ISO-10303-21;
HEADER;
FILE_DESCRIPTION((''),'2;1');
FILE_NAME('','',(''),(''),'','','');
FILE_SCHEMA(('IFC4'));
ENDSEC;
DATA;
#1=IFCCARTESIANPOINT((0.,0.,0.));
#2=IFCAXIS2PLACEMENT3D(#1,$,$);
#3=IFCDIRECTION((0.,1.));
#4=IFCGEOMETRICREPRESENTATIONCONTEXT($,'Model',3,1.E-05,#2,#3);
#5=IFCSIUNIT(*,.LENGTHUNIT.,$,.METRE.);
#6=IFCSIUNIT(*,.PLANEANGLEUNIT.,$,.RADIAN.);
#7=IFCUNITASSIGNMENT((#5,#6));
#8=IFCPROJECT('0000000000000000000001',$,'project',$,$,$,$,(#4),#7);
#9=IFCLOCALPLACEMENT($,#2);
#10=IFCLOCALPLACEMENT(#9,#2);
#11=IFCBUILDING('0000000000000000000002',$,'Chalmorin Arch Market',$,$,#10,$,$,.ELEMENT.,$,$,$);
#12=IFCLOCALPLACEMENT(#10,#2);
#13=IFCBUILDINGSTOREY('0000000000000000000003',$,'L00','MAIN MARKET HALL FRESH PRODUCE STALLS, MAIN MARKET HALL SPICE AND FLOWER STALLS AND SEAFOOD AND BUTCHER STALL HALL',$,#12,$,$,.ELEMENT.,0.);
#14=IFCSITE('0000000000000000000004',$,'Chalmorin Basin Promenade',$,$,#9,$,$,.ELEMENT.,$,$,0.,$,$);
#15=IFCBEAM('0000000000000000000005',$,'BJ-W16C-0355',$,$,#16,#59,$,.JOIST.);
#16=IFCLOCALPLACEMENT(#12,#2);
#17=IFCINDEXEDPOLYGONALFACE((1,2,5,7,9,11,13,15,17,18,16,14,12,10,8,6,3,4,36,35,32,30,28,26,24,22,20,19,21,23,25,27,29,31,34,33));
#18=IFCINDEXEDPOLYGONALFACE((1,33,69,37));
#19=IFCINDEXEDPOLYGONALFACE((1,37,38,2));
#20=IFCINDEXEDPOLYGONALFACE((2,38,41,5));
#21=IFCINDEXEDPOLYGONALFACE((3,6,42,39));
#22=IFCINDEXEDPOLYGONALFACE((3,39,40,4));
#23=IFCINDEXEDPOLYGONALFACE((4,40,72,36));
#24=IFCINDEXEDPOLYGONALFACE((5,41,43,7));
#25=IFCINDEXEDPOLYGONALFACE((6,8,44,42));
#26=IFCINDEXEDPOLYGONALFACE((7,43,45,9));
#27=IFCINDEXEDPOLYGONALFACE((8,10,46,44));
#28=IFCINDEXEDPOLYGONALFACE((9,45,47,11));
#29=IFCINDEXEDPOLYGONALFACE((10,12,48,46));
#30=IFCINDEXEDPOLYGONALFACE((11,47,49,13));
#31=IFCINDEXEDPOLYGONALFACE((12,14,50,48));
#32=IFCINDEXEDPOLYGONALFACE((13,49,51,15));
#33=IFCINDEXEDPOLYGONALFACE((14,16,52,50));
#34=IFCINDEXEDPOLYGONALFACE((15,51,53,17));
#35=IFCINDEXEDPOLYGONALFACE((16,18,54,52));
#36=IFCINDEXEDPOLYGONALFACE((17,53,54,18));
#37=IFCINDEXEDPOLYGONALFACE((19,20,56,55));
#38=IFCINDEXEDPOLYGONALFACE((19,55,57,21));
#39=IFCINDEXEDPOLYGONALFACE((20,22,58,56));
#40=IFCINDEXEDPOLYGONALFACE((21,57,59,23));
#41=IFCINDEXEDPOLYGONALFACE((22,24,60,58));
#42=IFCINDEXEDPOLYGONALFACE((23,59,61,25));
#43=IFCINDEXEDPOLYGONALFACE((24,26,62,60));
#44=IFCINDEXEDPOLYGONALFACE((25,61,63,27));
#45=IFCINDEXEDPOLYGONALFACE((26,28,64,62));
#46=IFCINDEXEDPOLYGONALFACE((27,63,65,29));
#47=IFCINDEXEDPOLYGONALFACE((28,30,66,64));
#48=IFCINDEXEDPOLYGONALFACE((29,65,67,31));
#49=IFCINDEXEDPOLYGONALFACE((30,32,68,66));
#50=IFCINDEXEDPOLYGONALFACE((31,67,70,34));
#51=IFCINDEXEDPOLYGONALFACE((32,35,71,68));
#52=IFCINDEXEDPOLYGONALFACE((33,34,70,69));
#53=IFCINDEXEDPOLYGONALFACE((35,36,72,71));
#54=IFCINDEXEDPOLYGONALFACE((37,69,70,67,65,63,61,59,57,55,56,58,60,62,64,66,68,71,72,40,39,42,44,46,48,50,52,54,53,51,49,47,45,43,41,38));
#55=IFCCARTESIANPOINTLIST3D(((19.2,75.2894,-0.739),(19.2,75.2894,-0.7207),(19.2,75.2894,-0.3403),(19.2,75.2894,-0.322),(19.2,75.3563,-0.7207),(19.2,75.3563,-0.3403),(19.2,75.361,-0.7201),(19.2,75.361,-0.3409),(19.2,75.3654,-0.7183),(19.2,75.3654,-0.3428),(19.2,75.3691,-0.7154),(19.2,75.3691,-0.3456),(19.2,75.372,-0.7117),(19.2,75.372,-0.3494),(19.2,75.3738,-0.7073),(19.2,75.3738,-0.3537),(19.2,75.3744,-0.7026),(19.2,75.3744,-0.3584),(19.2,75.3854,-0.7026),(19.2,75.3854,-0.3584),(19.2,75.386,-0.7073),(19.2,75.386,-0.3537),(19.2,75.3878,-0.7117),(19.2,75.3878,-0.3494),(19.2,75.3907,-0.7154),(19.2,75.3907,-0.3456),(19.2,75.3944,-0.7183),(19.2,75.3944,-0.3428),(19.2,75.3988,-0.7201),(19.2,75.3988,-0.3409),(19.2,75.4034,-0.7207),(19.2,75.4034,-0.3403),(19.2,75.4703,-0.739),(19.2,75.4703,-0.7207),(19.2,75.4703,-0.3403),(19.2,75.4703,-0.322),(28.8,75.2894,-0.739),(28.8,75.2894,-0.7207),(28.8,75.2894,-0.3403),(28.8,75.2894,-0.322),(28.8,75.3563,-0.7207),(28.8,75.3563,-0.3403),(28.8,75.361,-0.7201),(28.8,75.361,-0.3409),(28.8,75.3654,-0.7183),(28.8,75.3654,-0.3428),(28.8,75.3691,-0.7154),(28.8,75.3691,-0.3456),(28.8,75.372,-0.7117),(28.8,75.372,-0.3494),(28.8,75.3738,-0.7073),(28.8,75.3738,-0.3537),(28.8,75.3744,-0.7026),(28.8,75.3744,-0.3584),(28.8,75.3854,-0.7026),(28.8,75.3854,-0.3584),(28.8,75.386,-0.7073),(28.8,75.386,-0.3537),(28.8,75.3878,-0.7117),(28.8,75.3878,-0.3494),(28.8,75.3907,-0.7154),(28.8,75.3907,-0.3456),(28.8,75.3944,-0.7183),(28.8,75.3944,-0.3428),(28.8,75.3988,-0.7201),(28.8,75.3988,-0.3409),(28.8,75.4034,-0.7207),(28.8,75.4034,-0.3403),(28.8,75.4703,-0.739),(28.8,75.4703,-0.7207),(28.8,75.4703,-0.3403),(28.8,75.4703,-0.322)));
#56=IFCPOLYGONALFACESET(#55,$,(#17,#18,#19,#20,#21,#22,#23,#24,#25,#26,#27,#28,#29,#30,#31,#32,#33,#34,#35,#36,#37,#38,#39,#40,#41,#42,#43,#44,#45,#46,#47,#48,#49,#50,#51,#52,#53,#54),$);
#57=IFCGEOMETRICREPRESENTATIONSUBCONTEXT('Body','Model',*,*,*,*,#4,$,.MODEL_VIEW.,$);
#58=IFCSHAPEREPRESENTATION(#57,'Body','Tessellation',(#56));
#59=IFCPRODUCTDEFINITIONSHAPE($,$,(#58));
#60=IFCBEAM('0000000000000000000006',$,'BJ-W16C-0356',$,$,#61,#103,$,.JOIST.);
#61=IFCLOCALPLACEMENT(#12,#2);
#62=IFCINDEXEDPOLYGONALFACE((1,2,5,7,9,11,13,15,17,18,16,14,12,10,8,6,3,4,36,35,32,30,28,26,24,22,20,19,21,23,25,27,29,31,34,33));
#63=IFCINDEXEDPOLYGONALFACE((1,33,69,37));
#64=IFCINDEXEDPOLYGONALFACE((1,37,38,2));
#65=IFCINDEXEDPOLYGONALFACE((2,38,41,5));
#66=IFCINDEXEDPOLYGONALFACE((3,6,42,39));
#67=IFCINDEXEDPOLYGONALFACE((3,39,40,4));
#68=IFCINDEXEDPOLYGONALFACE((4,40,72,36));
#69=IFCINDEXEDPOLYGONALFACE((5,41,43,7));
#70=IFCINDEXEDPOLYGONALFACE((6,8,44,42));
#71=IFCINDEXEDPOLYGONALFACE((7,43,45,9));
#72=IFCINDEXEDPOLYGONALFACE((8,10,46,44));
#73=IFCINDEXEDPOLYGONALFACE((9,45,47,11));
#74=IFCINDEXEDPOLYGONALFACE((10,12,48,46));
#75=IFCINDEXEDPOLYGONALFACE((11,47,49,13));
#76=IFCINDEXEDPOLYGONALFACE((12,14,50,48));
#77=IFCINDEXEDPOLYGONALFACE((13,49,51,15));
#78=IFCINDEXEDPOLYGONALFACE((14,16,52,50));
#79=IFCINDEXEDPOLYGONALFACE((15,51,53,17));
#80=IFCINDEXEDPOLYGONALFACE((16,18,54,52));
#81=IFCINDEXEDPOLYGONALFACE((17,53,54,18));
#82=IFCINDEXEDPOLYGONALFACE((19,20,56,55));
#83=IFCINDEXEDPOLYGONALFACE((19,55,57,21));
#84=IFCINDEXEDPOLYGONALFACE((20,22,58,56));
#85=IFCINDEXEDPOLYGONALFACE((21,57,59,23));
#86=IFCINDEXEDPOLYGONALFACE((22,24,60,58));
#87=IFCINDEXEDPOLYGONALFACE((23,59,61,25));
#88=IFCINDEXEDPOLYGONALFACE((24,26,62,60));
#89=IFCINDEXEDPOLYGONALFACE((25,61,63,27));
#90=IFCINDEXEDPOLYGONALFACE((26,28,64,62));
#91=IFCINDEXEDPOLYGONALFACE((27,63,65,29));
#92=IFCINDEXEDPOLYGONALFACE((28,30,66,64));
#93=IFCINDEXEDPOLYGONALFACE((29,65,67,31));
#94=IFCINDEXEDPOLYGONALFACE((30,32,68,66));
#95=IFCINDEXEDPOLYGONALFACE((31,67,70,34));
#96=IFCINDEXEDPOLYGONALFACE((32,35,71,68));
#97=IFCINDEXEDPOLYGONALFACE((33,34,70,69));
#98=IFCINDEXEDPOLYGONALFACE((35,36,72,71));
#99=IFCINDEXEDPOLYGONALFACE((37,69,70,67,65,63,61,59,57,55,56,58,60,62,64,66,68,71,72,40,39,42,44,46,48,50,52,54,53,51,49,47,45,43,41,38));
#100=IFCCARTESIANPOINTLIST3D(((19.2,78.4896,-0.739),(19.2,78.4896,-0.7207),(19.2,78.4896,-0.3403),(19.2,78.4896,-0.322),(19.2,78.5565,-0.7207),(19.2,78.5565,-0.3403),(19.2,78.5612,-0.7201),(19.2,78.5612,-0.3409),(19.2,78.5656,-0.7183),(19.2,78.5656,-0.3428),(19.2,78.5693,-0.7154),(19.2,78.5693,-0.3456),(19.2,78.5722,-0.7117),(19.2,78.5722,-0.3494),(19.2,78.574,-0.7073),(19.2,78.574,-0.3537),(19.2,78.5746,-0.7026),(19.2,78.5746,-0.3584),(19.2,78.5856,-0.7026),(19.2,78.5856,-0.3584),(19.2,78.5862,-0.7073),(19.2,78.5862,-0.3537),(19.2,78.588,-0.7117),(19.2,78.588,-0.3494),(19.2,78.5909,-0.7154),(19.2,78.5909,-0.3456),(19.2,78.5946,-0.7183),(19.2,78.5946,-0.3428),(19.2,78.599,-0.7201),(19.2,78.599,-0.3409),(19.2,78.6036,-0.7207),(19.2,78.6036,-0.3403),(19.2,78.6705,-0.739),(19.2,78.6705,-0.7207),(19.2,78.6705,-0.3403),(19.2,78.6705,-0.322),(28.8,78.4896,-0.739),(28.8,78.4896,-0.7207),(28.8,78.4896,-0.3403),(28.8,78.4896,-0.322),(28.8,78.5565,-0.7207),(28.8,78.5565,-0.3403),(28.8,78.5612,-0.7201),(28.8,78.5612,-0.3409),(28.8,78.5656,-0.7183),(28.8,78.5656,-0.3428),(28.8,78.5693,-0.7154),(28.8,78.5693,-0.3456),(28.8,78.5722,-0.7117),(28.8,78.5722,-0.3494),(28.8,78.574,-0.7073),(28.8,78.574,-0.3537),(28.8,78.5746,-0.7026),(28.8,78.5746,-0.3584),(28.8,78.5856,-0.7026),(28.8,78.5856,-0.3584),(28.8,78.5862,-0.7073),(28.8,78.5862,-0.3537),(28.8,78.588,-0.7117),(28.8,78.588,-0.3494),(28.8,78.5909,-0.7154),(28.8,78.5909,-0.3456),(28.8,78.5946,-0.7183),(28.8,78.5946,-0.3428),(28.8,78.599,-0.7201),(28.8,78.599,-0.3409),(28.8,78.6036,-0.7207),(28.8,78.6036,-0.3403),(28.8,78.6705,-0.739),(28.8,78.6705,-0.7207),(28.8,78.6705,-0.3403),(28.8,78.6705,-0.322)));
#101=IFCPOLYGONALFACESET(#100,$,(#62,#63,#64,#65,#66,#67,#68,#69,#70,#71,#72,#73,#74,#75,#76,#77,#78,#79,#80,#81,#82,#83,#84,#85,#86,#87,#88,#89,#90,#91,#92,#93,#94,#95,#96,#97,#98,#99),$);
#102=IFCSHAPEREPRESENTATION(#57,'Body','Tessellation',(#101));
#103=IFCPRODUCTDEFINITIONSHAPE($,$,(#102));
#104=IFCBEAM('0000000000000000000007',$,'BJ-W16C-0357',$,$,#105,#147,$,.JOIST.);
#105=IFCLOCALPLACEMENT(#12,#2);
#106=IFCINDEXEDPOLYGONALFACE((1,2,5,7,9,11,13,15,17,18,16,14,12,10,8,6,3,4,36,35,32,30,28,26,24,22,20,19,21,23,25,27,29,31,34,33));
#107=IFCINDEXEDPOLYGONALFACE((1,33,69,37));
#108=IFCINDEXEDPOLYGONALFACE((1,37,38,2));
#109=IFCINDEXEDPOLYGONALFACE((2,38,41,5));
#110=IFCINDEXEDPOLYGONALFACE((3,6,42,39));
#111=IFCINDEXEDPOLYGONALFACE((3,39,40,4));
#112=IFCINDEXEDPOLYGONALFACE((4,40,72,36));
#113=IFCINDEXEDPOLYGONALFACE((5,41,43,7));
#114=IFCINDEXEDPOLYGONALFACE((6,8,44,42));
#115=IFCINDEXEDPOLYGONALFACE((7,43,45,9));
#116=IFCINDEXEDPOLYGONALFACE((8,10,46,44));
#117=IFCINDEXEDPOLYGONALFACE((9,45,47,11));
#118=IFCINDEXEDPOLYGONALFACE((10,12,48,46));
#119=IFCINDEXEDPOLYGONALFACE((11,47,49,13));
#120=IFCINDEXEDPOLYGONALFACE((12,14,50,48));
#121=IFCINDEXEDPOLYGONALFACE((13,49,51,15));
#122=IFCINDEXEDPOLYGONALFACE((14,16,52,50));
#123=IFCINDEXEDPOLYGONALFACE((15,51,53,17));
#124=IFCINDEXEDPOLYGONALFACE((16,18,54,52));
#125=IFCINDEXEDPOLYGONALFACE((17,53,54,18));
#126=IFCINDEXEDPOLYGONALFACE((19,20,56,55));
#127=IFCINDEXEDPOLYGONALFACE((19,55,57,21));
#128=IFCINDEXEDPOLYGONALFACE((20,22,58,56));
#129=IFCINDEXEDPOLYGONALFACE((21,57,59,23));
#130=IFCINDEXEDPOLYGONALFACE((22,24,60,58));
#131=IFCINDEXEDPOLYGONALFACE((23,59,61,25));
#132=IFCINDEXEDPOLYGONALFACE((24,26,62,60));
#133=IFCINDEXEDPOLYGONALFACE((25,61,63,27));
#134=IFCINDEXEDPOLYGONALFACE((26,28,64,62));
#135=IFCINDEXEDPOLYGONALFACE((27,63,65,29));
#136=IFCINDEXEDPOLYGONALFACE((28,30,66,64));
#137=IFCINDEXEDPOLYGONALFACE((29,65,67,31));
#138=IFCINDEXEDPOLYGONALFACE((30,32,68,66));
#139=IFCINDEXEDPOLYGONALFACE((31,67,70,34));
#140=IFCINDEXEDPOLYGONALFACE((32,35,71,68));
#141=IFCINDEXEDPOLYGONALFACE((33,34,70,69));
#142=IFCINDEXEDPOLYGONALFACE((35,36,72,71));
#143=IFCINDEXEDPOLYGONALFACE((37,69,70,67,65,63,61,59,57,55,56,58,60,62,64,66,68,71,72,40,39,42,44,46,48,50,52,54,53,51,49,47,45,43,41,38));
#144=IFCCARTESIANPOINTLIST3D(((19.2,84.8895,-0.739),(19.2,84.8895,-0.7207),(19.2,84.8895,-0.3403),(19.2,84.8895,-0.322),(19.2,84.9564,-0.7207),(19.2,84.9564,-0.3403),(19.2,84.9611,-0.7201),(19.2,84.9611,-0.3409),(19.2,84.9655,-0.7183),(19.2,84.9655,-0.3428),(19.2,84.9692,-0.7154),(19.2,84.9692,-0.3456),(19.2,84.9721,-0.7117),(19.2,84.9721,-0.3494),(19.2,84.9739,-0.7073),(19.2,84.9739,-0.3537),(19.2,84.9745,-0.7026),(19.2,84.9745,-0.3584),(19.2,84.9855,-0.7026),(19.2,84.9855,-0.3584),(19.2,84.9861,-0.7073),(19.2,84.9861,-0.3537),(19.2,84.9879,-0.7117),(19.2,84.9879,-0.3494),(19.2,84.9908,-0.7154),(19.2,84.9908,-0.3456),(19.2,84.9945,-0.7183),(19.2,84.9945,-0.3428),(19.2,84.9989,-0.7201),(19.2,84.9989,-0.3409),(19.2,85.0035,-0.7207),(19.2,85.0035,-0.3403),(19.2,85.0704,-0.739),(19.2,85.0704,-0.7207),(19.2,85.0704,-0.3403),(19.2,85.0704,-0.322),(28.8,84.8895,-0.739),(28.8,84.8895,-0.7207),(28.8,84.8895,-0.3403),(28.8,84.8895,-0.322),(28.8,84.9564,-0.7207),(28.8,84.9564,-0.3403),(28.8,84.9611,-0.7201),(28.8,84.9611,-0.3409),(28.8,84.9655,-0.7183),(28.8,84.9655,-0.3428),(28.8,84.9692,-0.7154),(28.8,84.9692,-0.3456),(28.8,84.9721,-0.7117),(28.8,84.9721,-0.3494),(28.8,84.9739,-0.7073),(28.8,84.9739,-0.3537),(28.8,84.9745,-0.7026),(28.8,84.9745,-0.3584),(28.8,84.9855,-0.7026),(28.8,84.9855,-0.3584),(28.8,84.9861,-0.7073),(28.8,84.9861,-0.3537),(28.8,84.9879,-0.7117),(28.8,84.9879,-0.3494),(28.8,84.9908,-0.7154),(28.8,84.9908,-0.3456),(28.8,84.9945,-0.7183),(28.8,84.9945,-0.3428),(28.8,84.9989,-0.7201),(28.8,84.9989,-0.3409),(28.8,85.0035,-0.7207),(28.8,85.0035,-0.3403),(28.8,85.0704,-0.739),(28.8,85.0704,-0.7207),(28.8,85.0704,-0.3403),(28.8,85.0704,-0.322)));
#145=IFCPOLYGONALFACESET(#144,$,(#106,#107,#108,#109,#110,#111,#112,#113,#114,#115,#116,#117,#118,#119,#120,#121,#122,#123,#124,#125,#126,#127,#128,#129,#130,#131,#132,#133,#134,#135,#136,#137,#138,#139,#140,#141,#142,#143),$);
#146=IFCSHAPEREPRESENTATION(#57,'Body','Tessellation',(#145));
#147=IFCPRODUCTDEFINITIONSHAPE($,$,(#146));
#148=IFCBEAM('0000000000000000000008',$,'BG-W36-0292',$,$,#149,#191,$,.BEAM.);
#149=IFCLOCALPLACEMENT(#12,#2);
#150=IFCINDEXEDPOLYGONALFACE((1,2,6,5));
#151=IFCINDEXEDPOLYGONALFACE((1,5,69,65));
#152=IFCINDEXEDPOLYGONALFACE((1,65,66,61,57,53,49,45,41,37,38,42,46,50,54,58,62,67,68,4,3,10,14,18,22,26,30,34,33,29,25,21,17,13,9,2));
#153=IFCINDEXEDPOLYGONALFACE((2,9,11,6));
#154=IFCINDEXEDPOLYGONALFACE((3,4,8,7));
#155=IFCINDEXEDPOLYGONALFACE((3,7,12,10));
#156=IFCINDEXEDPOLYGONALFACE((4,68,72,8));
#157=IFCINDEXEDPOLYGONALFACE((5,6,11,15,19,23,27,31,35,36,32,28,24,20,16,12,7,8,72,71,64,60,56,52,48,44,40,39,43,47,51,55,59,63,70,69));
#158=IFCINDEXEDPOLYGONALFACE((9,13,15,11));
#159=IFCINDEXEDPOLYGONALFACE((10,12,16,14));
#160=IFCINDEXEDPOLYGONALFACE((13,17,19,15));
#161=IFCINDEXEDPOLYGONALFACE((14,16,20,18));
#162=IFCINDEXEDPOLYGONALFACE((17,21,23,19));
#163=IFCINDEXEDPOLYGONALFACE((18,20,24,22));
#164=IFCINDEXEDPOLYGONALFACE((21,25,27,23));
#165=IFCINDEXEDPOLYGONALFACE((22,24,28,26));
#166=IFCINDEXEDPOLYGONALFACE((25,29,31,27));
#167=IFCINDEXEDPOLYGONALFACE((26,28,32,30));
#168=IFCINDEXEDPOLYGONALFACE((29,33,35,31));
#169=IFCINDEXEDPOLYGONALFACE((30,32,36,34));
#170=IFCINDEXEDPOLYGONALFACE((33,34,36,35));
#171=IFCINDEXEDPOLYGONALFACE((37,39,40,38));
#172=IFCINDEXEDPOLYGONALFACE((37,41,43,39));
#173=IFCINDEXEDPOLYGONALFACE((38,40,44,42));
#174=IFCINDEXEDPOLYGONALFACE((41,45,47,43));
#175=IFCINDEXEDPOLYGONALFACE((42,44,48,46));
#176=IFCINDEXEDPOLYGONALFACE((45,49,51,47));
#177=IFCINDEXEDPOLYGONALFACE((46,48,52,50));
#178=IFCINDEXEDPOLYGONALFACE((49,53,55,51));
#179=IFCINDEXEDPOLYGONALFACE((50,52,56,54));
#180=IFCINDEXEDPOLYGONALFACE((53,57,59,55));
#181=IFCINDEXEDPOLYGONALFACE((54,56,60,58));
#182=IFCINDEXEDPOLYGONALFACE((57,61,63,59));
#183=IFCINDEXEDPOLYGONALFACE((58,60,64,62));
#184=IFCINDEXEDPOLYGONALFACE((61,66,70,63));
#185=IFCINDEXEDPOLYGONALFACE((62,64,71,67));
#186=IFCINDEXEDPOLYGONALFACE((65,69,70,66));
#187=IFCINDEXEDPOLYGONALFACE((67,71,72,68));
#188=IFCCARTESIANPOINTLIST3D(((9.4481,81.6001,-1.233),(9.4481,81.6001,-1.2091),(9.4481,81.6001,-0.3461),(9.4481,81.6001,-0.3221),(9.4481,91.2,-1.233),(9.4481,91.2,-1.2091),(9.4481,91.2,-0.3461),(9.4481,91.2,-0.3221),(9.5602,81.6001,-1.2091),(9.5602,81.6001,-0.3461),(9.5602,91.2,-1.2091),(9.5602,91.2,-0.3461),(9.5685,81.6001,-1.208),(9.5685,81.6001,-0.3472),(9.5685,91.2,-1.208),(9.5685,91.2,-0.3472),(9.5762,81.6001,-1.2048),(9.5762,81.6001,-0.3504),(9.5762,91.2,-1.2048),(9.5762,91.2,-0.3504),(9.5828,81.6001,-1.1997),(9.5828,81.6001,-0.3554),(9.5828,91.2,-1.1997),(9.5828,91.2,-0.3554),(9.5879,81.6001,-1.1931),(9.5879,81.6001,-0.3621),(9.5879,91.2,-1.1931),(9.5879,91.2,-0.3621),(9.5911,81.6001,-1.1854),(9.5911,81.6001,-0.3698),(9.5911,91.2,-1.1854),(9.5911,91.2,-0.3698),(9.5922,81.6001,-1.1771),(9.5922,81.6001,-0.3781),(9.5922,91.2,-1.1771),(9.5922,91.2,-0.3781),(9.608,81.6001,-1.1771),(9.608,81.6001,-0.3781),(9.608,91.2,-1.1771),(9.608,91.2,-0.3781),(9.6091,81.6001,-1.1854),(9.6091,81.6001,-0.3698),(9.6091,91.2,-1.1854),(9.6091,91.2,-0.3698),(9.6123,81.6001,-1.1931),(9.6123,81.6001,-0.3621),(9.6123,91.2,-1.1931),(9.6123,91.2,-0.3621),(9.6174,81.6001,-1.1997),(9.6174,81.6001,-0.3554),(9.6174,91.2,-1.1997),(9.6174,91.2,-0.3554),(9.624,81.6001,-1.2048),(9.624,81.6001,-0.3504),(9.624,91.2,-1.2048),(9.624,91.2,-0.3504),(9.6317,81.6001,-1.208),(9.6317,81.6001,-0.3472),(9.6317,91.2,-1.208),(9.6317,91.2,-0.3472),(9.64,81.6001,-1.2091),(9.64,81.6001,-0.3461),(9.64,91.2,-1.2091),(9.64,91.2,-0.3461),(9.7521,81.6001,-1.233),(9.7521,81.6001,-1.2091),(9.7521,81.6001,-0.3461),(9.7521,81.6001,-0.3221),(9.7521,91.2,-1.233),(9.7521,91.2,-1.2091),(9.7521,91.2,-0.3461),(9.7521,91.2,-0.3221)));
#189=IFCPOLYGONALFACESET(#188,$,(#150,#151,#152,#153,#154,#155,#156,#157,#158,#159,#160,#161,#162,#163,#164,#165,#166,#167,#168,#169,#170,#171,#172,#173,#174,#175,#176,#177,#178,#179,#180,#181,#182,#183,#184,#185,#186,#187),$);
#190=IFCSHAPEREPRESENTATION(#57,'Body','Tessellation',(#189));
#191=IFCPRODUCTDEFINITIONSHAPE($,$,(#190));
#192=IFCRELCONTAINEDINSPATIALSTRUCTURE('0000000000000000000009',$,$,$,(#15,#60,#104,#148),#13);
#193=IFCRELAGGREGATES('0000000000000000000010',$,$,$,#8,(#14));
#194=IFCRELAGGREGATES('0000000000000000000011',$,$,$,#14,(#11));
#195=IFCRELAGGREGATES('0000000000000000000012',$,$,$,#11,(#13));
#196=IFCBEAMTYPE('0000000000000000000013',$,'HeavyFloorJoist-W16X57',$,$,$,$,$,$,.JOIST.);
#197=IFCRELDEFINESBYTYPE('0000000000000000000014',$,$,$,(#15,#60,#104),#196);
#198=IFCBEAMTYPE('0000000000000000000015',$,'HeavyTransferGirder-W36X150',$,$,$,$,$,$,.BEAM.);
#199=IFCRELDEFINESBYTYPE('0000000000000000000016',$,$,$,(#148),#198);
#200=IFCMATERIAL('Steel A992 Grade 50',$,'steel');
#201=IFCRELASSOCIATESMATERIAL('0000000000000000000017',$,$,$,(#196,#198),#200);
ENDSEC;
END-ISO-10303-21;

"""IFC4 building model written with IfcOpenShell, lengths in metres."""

from ifc_helpers import new_model, si_unit, direction, frame, origin, origin_2d, place, context, subcontext, project, spatial, i_section, extrude, material, material_profile, profile_set, type_object, element, save


model = new_model("IFC4")

# Units and contexts
model_context = context("Model", 3, precision=1e-05, world=origin(), true_north=direction((0.0, 1.0)))
body_context = subcontext(model_context, "Body", "Model", "MODEL_VIEW")
ifc_project = project(units=[si_unit("LENGTHUNIT", "METRE"), si_unit("PLANEANGLEUNIT", "RADIAN")], contexts=[model_context])

# Site, building, storey
site_placement = place(None, origin())
site = spatial("IfcSite", under=ifc_project, at=site_placement, Name="Chalmorin Basin Promenade", CompositionType="ELEMENT", RefElevation=0.0)
building_placement = place(site_placement, origin())
building = spatial("IfcBuilding", under=site, at=building_placement, Name="Chalmorin Arch Market", CompositionType="ELEMENT")
storey_placement = place(building_placement, origin())
storey = spatial("IfcBuildingStorey", under=building, at=storey_placement, Name="L00", Description="MAIN MARKET HALL FRESH PRODUCE STALLS, MAIN MARKET HALL SPICE AND FLOWER STALLS AND SEAFOOD AND BUTCHER STALL HALL", CompositionType="ELEMENT", Elevation=0.0)

# Beams
ifc_material_1 = material(Name="Steel A992 Grade 50", Category="steel")
ifc_material_profile_1 = material_profile(ifc_material_1, i_section(OverallWidth=0.1809, OverallDepth=0.417, WebThickness=0.011, FlangeThickness=0.0183, FilletRadius=0.0181, at=origin_2d()), Name="W16X57")
ifc_profile_set_1 = profile_set([ifc_material_profile_1], Name="Steel A992 Grade 50")
beam_type_1 = type_object("IfcBeamType", Name="HeavyFloorJoist-W16X57", PredefinedType="JOIST", material=ifc_profile_set_1)
for number, where, z_axis, x_axis, name in (
    (1, (19.2, 75.3799, -0.5305), (1.0, 0.0, 0.0), (0.0, 1.0, 0.0), "BJ-W16C-0355"),
    (2, (19.2, 78.5801, -0.5305), (1.0, 0.0, 0.0), (0.0, 1.0, 0.0), "BJ-W16C-0356"),
    (3, (19.2, 84.98, -0.5305), (1.0, 0.0, 0.0), (0.0, 1.0, 0.0), "BJ-W16C-0357"),
):
    element("IfcBeam", number, at=place(storey_placement, frame(where, z_axis=z_axis, x_axis=x_axis)), inside=storey, type_object=beam_type_1, Name=name, PredefinedType="JOIST", context=body_context, shape_type="SweptSolid", body=[
        extrude(i_section(OverallWidth=0.1809, OverallDepth=0.417, WebThickness=0.011, FlangeThickness=0.0183, FilletRadius=0.0181, at=origin_2d()), origin(), (0.0, 0.0, 1.0), 9.6001),
    ])
ifc_material_profile_2 = material_profile(ifc_material_1, i_section(OverallWidth=0.304, OverallDepth=0.9109, WebThickness=0.0159, FlangeThickness=0.0239, FilletRadius=0.032, at=origin_2d()), Name="W36X150")
ifc_profile_set_2 = profile_set([ifc_material_profile_2], Name="Steel A992 Grade 50")
beam_type_2 = type_object("IfcBeamType", Name="HeavyTransferGirder-W36X150", PredefinedType="BEAM", material=ifc_profile_set_2)
beam_1_placement = place(storey_placement, frame((9.6001, 81.6001, -0.7776), z_axis=(0.0, 1.0, 0.0), x_axis=(-1.0, 0.0, 0.0)))
element("IfcBeam", 4, at=beam_1_placement, inside=storey, type_object=beam_type_2, Name="BG-W36-0292", PredefinedType="BEAM", context=body_context, shape_type="SweptSolid", body=[
    extrude(i_section(OverallWidth=0.304, OverallDepth=0.9109, WebThickness=0.0159, FlangeThickness=0.0239, FilletRadius=0.032, at=origin_2d()), origin(), (0.0, 0.0, 1.0), 9.5999),
])

save(model, "model.ifc")
